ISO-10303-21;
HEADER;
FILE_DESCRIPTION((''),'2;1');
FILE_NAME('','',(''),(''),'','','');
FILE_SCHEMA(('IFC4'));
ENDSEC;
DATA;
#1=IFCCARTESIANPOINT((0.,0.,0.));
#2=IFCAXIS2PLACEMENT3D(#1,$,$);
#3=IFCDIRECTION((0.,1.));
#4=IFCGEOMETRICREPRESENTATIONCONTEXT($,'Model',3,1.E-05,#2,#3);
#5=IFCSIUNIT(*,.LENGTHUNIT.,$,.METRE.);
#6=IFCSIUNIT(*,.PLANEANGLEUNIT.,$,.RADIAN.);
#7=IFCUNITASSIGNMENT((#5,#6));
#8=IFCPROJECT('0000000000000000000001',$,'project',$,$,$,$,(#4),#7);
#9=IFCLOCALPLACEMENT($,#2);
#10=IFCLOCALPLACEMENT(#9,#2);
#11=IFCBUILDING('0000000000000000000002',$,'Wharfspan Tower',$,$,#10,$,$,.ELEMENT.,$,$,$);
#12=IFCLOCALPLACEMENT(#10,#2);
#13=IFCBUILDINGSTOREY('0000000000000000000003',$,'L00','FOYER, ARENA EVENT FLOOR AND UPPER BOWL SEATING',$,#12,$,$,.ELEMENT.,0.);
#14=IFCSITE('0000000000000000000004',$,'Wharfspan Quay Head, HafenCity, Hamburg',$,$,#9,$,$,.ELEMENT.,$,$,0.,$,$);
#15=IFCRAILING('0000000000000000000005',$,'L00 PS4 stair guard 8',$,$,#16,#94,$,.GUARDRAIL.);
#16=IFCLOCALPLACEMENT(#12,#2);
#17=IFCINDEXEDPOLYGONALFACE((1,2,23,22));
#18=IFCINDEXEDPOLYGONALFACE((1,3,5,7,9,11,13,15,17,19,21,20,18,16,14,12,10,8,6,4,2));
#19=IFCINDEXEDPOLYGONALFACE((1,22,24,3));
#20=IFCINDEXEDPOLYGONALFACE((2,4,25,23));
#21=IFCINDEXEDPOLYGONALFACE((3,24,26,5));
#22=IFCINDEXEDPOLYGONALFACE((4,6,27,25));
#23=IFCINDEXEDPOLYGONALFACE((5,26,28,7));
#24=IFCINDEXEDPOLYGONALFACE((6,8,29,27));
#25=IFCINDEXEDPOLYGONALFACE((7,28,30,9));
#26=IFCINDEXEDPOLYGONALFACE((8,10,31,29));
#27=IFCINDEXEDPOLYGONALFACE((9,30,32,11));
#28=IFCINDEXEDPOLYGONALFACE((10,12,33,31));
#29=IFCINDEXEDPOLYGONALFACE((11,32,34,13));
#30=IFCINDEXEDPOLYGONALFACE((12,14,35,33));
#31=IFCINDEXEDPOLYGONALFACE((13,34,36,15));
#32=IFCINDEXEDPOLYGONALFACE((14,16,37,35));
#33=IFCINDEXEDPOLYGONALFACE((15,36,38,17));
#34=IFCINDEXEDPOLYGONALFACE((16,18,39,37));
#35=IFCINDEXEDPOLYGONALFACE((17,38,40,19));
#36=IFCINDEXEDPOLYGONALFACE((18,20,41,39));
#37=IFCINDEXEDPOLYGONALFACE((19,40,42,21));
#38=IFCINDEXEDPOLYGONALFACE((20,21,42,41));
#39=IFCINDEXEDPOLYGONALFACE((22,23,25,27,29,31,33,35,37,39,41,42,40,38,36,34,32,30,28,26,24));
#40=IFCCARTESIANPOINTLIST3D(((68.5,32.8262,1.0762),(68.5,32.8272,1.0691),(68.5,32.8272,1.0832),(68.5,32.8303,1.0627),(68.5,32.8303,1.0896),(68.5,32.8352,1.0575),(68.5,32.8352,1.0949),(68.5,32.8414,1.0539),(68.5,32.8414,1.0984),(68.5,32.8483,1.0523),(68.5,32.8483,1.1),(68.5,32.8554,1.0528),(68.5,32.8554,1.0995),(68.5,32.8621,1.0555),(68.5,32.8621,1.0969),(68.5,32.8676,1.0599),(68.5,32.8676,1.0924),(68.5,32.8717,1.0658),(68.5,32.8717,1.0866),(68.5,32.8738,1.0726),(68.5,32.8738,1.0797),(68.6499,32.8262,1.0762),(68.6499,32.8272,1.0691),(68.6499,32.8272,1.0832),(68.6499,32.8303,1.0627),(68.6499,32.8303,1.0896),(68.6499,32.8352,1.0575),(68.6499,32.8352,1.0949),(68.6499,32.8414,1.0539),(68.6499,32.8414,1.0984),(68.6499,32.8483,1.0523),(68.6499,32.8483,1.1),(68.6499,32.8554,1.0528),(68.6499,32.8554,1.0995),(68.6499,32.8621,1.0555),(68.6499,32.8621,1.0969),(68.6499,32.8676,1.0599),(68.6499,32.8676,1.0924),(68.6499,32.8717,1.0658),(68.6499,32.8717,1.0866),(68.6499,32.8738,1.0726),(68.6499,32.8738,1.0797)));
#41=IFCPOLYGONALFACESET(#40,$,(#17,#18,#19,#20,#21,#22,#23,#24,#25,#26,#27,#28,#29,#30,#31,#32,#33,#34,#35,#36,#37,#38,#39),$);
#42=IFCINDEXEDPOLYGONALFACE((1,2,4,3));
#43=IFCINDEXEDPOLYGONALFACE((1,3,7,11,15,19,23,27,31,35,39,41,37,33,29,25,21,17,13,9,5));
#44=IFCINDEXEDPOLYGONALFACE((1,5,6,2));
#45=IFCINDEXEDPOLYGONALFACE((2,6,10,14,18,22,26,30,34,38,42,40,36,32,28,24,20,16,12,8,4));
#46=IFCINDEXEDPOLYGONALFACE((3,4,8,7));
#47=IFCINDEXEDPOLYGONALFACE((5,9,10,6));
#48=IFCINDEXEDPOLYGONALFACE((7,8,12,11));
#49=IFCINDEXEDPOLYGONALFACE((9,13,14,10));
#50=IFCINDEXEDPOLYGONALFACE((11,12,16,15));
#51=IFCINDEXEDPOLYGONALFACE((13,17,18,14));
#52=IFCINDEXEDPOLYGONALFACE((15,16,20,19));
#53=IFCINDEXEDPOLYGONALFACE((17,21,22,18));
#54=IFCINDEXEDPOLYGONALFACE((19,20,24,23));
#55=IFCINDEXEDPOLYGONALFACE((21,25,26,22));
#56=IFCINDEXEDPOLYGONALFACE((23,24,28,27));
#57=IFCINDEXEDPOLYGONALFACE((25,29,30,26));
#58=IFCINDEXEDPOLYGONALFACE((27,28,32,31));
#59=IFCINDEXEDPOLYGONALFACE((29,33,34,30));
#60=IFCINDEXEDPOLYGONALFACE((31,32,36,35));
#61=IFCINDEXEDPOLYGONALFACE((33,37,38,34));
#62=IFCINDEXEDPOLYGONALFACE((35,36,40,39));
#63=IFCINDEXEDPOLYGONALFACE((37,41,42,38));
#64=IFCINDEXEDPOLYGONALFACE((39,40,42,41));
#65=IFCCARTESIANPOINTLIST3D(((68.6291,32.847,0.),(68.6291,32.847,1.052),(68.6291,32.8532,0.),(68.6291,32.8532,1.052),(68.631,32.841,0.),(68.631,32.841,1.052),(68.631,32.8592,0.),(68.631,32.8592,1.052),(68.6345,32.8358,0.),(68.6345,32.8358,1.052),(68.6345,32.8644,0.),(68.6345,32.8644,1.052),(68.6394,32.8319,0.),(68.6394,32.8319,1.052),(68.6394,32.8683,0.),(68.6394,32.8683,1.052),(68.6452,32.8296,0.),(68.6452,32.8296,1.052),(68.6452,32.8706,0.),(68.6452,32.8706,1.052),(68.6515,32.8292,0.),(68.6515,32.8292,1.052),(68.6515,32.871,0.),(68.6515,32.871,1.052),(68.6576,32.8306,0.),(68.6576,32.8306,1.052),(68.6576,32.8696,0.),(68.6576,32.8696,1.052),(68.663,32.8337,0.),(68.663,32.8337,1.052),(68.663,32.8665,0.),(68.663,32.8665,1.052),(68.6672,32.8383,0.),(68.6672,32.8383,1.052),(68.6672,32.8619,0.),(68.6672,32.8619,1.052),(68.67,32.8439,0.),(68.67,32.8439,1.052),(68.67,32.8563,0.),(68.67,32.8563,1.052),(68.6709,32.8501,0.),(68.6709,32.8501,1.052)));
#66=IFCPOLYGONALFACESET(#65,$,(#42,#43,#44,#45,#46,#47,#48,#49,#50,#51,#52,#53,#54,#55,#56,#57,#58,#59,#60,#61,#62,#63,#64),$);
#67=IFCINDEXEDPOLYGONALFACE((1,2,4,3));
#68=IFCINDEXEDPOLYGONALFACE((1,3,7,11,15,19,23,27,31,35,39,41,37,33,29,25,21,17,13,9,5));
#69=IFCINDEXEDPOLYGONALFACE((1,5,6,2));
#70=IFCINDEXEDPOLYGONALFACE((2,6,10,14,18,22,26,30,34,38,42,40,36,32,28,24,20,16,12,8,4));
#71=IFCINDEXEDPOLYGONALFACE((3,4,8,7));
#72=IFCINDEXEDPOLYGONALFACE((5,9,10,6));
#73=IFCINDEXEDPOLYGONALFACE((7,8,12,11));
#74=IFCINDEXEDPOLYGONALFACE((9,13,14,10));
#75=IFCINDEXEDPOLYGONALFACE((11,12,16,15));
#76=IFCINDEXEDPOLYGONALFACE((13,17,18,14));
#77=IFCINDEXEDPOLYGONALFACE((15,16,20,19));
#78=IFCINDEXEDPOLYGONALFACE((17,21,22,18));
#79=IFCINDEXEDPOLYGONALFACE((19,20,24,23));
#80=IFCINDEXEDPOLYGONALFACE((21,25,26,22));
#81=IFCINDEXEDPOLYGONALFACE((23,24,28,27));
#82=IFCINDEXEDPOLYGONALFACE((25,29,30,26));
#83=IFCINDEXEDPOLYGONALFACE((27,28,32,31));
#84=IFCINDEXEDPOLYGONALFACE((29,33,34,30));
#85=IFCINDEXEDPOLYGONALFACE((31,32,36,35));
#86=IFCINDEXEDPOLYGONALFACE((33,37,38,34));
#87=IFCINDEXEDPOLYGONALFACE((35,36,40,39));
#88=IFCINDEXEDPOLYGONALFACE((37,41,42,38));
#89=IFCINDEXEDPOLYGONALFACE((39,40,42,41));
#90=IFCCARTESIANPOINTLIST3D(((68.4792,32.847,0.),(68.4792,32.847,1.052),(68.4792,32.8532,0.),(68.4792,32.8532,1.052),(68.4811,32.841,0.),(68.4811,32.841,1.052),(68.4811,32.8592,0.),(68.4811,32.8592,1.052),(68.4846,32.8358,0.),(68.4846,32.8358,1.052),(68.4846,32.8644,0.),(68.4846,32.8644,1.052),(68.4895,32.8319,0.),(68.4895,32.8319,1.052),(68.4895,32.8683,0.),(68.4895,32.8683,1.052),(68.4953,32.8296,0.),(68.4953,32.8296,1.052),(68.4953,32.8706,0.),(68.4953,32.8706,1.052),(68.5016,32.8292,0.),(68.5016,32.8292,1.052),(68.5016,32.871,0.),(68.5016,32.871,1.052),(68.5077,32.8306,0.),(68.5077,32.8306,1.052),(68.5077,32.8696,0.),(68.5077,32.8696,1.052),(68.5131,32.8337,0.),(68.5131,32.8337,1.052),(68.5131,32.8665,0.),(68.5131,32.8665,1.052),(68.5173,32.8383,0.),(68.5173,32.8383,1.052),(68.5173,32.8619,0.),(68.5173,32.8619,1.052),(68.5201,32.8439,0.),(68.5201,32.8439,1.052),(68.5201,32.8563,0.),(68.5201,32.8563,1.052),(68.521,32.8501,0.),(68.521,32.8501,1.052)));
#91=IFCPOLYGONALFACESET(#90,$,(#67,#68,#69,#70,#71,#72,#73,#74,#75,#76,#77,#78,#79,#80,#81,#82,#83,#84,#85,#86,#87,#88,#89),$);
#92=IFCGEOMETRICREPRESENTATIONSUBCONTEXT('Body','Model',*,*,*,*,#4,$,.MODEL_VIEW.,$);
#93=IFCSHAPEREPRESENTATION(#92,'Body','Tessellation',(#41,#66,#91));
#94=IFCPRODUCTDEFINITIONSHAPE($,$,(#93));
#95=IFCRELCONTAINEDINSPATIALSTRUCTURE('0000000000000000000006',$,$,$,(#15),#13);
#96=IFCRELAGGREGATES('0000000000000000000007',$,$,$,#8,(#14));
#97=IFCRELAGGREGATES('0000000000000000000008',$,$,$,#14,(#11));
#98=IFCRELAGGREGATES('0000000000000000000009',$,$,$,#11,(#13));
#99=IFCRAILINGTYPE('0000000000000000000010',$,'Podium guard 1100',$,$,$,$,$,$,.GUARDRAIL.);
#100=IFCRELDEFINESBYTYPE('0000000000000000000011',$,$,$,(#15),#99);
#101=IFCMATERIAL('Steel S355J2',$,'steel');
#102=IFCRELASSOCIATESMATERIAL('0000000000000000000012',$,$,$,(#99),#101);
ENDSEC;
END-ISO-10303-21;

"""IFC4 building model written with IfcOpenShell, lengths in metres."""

from ifc_helpers import new_model, si_unit, direction, frame, origin, origin_2d, place, context, subcontext, project, spatial, circle, extrude, material, type_object, element, save


model = new_model("IFC4")

# Units and contexts
model_context = context("Model", 3, precision=1e-05, world=origin(), true_north=direction((0.0, 1.0)))
body_context = subcontext(model_context, "Body", "Model", "MODEL_VIEW")
ifc_project = project(units=[si_unit("LENGTHUNIT", "METRE"), si_unit("PLANEANGLEUNIT", "RADIAN")], contexts=[model_context])

# Site, building, storey
site_placement = place(None, origin())
site = spatial("IfcSite", under=ifc_project, at=site_placement, Name="Wharfspan Quay Head, HafenCity, Hamburg", CompositionType="ELEMENT", RefElevation=0.0)
building_placement = place(site_placement, origin())
building = spatial("IfcBuilding", under=site, at=building_placement, Name="Wharfspan Tower", CompositionType="ELEMENT")
storey_placement = place(building_placement, origin())
storey = spatial("IfcBuildingStorey", under=building, at=storey_placement, Name="L00", Description="FOYER, ARENA EVENT FLOOR AND UPPER BOWL SEATING", CompositionType="ELEMENT", Elevation=0.0)

# Railing
ifc_material_1 = material(Name="Steel S355J2", Category="steel")
railing_type_1 = type_object("IfcRailingType", Name="Podium guard 1100", PredefinedType="GUARDRAIL", material=ifc_material_1)
railing_1_placement = place(storey_placement, frame((68.6499, 32.8501, 0.0)))
element("IfcRailing", 1, at=railing_1_placement, inside=storey, type_object=railing_type_1, Name="L00 PS4 stair guard 8", PredefinedType="GUARDRAIL", context=body_context, shape_type="SweptSolid", body=[
    extrude(circle(Radius=0.0239, at=origin_2d()), frame((0.0, 0.0, 1.0762), z_axis=(-1.0, 0.0, 0.0), x_axis=(0.0, -1.0, 0.0)), (0.0, 0.0, 1.0), 0.1499),
    extrude(circle(Radius=0.021, at=origin_2d()), origin(), (0.0, 0.0, 1.0), 1.052),
    extrude(circle(Radius=0.021, at=origin_2d()), frame((-0.1499, 0.0, 0.0)), (0.0, 0.0, 1.0), 1.052),
])

save(model, "model.ifc")
